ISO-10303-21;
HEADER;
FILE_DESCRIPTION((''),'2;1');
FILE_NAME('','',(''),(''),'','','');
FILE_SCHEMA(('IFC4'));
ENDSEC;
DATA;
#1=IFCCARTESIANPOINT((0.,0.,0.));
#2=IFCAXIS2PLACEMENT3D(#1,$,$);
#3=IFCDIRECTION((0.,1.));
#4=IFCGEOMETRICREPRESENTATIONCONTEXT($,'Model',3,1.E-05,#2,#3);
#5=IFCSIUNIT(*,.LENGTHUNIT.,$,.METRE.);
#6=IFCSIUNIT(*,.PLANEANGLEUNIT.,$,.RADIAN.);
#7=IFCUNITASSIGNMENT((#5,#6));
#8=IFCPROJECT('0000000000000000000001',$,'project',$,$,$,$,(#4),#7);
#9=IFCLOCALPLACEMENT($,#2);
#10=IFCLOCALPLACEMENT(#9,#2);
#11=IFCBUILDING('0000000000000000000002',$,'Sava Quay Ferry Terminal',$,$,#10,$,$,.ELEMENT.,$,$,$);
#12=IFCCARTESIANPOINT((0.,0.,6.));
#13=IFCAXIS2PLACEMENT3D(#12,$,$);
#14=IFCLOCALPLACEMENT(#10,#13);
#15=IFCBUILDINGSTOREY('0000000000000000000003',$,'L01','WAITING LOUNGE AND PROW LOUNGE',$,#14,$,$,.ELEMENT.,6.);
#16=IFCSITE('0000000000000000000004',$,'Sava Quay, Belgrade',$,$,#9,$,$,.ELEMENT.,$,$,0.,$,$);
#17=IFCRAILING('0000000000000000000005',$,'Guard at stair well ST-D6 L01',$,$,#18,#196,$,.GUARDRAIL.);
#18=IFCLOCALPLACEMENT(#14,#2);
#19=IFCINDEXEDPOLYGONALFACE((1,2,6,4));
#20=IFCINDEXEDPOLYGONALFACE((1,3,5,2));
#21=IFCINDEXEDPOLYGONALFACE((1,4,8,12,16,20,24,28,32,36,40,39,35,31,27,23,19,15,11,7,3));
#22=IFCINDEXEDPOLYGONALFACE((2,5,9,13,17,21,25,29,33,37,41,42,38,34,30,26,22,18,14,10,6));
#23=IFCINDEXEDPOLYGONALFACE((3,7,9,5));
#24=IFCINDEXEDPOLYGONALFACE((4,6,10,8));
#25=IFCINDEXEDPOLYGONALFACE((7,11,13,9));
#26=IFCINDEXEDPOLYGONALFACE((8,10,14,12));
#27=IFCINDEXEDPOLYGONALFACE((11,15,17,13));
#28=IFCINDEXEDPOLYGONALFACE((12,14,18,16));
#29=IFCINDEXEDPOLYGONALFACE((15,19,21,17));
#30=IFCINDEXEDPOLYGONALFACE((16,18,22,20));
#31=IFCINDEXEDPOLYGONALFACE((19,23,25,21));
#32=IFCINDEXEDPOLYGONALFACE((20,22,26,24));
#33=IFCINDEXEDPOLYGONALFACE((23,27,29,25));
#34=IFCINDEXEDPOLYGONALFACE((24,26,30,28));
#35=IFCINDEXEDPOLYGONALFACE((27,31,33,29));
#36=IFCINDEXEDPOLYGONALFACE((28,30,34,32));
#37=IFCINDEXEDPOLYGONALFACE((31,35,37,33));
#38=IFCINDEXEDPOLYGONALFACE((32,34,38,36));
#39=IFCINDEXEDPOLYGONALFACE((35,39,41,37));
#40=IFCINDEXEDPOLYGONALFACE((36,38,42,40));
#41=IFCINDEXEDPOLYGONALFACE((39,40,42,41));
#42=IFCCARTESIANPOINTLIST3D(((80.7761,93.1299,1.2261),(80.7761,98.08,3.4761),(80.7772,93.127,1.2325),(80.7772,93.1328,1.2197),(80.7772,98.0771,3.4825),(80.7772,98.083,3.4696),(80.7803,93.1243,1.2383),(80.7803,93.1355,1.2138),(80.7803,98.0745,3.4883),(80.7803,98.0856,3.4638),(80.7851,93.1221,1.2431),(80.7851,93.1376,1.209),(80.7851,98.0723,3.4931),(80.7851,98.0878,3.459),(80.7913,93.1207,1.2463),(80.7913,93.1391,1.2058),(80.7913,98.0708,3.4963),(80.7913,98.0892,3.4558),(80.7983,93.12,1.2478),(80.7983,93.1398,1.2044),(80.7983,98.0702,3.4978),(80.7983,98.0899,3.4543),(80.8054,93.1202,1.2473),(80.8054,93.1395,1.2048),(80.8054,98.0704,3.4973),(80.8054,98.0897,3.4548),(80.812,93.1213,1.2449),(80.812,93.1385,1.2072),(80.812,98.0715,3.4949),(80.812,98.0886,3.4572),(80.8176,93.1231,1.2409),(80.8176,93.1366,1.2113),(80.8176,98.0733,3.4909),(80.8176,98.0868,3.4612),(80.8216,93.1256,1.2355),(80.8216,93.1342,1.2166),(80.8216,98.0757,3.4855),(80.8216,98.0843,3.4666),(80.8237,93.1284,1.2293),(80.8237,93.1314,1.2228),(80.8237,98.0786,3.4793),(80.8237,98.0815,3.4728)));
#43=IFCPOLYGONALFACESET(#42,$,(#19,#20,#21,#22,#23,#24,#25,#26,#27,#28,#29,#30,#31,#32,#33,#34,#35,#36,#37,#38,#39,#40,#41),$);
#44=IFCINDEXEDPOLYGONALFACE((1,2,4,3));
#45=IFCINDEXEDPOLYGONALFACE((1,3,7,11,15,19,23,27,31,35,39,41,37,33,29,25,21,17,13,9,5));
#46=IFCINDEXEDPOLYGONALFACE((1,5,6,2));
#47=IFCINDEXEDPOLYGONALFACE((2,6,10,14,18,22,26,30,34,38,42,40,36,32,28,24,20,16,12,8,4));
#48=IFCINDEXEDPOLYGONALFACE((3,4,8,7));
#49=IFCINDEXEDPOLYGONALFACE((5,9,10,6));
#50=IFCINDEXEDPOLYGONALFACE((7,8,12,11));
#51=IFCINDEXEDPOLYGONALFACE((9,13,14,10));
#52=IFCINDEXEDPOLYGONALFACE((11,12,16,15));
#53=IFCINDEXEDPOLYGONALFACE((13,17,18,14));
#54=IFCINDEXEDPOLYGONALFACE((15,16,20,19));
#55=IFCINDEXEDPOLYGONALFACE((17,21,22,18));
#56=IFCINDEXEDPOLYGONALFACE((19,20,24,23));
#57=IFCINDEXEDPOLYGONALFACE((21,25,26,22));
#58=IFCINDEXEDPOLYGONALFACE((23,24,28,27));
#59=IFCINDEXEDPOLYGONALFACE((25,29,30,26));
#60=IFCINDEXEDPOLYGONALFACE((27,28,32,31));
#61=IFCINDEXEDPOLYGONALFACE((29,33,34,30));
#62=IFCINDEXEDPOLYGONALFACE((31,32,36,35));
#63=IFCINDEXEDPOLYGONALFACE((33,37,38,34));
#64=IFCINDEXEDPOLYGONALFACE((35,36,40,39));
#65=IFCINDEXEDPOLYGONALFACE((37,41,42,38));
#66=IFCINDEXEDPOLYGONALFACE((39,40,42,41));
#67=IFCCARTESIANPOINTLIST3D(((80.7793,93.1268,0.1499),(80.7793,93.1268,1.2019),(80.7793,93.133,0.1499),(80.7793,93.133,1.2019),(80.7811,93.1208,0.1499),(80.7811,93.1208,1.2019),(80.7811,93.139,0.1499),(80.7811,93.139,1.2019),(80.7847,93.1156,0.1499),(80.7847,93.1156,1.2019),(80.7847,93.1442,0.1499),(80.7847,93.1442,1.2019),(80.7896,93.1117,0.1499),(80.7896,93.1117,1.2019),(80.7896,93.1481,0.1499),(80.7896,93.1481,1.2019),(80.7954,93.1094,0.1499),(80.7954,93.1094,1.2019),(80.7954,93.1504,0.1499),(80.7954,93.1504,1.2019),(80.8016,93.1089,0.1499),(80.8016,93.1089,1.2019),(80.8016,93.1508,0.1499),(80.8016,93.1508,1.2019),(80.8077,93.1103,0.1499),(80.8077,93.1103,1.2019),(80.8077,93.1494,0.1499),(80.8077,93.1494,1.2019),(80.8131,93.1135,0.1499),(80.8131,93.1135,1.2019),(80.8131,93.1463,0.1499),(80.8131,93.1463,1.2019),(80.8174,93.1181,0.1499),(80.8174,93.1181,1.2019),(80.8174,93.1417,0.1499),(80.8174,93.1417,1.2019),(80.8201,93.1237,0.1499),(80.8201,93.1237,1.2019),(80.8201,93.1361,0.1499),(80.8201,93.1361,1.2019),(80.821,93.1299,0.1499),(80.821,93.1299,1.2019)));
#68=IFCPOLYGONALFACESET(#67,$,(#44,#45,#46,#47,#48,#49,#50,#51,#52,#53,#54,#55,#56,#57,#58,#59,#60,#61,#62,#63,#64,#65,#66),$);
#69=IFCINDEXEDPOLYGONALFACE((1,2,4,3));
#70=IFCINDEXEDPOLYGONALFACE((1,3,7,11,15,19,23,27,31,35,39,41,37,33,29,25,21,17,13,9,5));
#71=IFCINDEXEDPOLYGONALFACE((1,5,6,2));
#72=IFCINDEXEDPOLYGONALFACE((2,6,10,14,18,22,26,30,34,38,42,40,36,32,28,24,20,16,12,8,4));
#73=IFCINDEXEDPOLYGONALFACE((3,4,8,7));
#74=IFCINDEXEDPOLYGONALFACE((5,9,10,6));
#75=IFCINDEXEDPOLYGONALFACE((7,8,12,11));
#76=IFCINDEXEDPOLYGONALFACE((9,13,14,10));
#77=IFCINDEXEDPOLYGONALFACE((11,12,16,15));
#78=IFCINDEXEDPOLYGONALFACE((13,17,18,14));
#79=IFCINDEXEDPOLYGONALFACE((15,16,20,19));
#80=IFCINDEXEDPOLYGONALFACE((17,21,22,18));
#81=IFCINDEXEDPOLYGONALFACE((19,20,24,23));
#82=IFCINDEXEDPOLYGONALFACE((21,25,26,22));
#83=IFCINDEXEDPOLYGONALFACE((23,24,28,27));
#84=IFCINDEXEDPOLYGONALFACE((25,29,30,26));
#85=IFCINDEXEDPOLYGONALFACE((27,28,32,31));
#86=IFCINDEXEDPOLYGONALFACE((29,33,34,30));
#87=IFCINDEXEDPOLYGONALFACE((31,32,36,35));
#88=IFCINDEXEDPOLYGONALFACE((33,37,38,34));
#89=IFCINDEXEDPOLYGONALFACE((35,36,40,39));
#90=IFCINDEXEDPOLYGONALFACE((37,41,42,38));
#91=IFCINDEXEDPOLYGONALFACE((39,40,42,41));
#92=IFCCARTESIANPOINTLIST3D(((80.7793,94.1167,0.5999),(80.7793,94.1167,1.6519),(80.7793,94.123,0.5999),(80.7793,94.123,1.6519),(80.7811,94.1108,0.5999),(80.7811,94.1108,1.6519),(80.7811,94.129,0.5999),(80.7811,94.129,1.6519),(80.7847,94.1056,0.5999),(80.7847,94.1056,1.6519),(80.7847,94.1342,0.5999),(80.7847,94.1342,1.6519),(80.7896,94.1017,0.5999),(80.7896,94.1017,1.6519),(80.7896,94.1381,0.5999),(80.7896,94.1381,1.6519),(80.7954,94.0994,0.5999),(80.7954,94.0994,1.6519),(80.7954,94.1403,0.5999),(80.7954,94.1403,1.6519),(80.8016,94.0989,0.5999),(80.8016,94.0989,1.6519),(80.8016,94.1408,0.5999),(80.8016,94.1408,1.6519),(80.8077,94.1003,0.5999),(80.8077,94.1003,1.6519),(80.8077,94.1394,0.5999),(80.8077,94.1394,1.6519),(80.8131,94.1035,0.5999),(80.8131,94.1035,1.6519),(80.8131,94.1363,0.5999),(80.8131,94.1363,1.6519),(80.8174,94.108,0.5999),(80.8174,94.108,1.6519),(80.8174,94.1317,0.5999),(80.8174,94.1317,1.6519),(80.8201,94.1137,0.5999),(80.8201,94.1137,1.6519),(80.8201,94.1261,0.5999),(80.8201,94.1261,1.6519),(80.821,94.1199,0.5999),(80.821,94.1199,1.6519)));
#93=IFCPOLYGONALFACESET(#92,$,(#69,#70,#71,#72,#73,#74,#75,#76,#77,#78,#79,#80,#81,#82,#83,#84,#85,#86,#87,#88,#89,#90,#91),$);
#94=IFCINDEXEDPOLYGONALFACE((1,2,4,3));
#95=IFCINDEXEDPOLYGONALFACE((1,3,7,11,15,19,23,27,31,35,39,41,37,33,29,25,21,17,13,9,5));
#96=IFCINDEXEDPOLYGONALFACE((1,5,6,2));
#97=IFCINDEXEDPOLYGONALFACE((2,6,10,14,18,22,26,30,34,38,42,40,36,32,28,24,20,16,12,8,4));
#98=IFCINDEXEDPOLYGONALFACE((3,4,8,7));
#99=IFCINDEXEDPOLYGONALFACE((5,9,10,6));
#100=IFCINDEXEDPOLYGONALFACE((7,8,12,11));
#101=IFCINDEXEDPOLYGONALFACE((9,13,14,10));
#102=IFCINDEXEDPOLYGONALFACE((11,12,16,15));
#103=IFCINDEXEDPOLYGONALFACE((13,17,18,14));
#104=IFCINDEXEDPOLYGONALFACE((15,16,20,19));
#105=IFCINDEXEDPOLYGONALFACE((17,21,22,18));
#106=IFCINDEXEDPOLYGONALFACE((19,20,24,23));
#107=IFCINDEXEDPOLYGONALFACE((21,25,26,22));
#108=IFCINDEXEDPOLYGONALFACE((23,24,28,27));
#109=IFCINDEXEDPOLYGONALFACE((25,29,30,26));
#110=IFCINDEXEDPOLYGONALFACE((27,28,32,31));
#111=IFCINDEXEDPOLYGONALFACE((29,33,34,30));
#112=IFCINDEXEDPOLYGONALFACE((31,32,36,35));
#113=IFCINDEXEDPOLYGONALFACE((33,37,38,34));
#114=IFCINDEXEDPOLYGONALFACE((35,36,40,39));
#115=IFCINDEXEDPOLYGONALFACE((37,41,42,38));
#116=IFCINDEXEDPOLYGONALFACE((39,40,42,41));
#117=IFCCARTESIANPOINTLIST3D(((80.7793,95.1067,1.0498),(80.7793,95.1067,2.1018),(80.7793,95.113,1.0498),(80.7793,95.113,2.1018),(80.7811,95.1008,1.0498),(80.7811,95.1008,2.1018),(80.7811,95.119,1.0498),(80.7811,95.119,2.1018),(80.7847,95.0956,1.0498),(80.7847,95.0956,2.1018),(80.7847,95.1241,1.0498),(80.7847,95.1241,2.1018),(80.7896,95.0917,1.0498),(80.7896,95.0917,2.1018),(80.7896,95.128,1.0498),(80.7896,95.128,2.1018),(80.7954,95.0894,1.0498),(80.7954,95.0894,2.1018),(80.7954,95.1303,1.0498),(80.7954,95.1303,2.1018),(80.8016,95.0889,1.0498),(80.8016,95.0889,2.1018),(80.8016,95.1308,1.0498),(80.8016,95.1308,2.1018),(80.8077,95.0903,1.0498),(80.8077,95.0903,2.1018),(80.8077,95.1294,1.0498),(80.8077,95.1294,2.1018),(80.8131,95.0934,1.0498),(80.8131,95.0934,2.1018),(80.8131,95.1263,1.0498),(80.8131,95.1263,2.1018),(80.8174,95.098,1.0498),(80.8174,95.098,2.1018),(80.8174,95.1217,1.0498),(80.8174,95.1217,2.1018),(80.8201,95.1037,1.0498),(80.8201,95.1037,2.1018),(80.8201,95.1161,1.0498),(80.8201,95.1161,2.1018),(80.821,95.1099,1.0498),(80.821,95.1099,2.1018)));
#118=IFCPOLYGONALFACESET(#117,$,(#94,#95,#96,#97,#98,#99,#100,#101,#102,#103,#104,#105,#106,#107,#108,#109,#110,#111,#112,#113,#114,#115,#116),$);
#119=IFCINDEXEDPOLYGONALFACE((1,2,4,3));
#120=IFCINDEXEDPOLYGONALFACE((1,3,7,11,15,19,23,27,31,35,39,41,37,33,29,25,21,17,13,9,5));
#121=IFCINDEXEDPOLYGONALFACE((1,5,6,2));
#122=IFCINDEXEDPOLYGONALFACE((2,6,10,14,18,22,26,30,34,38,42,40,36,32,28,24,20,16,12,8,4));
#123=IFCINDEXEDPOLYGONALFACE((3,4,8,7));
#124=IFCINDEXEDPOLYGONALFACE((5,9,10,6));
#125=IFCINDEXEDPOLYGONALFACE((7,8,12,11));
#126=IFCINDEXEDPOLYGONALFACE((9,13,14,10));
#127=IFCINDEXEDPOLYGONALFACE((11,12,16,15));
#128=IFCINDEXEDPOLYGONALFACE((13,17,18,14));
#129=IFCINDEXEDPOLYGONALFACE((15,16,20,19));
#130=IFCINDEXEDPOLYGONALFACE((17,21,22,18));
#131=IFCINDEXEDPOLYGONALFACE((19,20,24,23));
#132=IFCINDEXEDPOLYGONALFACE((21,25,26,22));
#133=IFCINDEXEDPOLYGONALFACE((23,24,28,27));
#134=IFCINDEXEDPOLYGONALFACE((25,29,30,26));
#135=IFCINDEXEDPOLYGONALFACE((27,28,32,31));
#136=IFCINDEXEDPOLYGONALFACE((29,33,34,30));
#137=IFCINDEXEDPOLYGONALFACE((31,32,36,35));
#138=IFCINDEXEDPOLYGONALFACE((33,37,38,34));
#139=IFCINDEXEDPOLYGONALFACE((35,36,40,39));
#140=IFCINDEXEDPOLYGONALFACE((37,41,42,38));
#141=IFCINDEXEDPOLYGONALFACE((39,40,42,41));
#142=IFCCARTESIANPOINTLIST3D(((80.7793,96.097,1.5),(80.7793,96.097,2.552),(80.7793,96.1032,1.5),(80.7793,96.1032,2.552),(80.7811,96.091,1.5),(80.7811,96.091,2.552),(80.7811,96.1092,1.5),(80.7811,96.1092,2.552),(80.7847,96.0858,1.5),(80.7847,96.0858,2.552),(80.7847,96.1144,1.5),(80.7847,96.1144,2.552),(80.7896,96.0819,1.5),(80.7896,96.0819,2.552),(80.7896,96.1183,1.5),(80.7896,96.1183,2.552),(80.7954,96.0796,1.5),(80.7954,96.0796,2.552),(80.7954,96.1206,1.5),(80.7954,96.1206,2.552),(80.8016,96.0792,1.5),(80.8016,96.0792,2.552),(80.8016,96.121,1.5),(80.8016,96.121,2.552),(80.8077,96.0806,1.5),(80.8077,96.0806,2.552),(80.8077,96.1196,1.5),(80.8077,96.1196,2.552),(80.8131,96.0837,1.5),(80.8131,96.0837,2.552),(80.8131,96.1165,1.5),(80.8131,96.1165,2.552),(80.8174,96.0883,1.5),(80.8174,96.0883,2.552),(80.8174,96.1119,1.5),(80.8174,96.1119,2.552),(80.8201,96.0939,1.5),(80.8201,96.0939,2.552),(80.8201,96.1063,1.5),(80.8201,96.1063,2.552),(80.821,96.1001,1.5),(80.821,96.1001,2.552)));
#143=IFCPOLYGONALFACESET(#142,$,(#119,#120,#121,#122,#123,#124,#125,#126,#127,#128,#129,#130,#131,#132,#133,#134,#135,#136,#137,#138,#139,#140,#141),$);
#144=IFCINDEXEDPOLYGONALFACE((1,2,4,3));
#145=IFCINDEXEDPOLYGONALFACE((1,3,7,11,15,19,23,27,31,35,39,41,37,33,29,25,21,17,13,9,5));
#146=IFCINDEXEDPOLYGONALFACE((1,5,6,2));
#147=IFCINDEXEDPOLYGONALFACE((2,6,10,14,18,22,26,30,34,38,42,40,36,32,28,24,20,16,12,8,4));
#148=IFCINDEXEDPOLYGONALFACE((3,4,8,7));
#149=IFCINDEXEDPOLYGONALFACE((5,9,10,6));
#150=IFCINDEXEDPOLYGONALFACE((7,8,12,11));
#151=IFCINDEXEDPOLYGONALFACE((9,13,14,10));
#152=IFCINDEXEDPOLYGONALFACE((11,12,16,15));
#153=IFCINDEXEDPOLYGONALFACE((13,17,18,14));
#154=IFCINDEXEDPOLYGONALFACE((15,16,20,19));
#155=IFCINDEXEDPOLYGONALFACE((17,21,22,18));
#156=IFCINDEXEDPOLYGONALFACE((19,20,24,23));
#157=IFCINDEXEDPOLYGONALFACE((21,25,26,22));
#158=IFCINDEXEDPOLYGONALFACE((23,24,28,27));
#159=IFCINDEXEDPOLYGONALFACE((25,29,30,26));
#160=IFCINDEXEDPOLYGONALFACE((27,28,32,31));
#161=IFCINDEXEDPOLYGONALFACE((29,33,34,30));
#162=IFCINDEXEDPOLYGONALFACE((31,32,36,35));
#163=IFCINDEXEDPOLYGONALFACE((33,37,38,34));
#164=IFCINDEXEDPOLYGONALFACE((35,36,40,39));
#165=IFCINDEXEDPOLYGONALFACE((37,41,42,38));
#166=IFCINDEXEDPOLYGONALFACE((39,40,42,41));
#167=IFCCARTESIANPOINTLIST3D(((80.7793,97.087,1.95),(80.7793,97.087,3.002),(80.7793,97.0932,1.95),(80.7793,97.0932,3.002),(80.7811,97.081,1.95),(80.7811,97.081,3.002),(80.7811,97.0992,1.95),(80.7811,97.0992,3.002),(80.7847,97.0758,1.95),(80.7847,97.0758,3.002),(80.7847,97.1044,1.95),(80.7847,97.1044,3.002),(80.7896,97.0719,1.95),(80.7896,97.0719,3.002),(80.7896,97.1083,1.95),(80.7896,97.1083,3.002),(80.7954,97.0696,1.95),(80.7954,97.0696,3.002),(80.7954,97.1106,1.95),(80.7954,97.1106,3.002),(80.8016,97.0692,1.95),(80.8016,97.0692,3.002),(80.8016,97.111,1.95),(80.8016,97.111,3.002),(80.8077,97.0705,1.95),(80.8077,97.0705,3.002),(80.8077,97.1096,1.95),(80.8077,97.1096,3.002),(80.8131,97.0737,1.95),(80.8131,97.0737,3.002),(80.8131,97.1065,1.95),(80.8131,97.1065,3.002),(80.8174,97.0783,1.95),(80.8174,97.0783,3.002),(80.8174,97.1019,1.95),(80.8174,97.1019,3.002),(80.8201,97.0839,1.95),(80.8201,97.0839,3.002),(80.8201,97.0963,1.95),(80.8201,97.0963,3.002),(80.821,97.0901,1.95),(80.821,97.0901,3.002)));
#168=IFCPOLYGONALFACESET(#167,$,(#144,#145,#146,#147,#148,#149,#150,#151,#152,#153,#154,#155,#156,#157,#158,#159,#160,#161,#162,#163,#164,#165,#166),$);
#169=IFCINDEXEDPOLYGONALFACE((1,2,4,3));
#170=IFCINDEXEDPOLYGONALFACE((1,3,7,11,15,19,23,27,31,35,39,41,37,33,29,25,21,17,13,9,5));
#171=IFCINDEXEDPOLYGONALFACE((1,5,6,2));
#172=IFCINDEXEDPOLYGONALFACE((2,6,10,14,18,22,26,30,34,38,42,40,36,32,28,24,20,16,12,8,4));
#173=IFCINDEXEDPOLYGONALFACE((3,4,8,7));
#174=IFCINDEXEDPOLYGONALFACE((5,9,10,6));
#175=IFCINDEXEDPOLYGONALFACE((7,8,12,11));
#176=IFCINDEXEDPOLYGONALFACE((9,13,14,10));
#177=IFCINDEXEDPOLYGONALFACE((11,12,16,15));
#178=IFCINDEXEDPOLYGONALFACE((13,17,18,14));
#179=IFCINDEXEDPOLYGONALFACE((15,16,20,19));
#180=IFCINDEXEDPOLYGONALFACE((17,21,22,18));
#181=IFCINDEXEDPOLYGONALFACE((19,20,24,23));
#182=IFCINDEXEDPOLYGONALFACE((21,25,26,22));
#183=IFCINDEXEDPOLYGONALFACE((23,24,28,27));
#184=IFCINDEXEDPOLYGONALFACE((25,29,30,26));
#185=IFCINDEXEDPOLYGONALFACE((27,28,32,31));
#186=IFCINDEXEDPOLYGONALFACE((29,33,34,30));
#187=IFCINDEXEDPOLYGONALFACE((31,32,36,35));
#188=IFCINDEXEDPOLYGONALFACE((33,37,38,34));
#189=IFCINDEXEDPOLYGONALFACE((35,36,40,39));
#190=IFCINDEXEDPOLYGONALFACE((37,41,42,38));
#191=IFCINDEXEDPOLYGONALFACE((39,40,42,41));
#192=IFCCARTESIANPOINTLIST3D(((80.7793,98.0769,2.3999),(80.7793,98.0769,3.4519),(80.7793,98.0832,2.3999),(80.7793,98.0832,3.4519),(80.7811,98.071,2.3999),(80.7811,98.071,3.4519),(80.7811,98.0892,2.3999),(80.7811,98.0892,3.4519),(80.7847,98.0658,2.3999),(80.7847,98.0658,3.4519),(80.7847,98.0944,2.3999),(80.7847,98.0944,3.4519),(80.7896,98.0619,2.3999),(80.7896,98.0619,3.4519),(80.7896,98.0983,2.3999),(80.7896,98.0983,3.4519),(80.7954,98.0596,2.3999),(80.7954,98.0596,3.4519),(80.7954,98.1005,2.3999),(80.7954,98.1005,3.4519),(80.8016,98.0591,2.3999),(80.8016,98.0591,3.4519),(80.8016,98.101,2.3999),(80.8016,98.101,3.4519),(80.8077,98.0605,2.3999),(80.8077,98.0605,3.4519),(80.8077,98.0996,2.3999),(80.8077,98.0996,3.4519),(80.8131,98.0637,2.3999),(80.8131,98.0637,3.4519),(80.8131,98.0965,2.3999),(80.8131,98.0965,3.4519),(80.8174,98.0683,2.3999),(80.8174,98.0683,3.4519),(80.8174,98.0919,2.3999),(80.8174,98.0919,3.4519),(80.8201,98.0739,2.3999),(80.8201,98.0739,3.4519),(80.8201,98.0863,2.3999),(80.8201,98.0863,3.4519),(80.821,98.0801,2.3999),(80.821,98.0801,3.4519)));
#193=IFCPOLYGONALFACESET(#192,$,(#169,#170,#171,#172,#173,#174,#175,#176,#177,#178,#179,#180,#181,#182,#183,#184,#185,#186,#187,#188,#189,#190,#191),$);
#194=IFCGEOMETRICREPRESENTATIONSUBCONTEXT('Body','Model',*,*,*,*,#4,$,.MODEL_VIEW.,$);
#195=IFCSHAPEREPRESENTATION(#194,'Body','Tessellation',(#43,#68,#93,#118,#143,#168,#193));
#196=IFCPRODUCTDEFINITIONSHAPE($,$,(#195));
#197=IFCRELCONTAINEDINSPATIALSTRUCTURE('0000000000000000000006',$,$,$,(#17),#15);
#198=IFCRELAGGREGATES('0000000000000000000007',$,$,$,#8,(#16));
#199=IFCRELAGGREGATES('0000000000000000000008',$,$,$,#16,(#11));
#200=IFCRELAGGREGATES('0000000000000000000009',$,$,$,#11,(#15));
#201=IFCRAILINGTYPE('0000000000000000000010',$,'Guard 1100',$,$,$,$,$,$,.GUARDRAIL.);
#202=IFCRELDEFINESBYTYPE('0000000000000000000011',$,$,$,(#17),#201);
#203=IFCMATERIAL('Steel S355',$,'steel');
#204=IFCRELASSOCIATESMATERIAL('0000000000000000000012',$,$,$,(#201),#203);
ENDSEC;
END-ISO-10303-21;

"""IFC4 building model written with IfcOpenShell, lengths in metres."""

from ifc_helpers import new_model, si_unit, direction, frame, origin, origin_2d, place, context, subcontext, project, spatial, circle, extrude, material, type_object, element, save


model = new_model("IFC4")

# Units and contexts
model_context = context("Model", 3, precision=1e-05, world=origin(), true_north=direction((0.0, 1.0)))
body_context = subcontext(model_context, "Body", "Model", "MODEL_VIEW")
ifc_project = project(units=[si_unit("LENGTHUNIT", "METRE"), si_unit("PLANEANGLEUNIT", "RADIAN")], contexts=[model_context])

# Site, building, storey
site_placement = place(None, origin())
site = spatial("IfcSite", under=ifc_project, at=site_placement, Name="Sava Quay, Belgrade", CompositionType="ELEMENT", RefElevation=0.0)
building_placement = place(site_placement, origin())
building = spatial("IfcBuilding", under=site, at=building_placement, Name="Sava Quay Ferry Terminal", CompositionType="ELEMENT")
storey_placement = place(building_placement, frame((0.0, 0.0, 6.0)))
storey = spatial("IfcBuildingStorey", under=building, at=storey_placement, Name="L01", Description="WAITING LOUNGE AND PROW LOUNGE", CompositionType="ELEMENT", Elevation=6.0)

# Railing
ifc_material_1 = material(Name="Steel S355", Category="steel")
railing_type_1 = type_object("IfcRailingType", Name="Guard 1100", PredefinedType="GUARDRAIL", material=ifc_material_1)
railing_1_placement = place(storey_placement, frame((80.8, 93.1299, 0.1499)))
element("IfcRailing", 1, at=railing_1_placement, inside=storey, type_object=railing_type_1, Name="Guard at stair well ST-D6 L01", PredefinedType="GUARDRAIL", context=body_context, shape_type="SweptSolid", body=[
    extrude(circle(Radius=0.0239, at=origin_2d()), frame((0.0, 0.0, 1.0762), z_axis=(0.0, 0.910373, 0.413789), x_axis=(-1.0, 0.0, 0.0)), (0.0, 0.0, 1.0), 5.4375),
    extrude(circle(Radius=0.021, at=origin_2d()), origin(), (0.0, 0.0, 1.0), 1.052),
    extrude(circle(Radius=0.021, at=origin_2d()), frame((0.0, 0.99, 0.45)), (0.0, 0.0, 1.0), 1.052),
    extrude(circle(Radius=0.021, at=origin_2d()), frame((0.0, 1.98, 0.8999)), (0.0, 0.0, 1.0), 1.052),
    extrude(circle(Radius=0.021, at=origin_2d()), frame((0.0, 2.9702, 1.3501)), (0.0, 0.0, 1.0), 1.052),
    extrude(circle(Radius=0.021, at=origin_2d()), frame((0.0, 3.9602, 1.8)), (0.0, 0.0, 1.0), 1.052),
    extrude(circle(Radius=0.021, at=origin_2d()), frame((0.0, 4.9502, 2.25)), (0.0, 0.0, 1.0), 1.052),
])

save(model, "model.ifc")
